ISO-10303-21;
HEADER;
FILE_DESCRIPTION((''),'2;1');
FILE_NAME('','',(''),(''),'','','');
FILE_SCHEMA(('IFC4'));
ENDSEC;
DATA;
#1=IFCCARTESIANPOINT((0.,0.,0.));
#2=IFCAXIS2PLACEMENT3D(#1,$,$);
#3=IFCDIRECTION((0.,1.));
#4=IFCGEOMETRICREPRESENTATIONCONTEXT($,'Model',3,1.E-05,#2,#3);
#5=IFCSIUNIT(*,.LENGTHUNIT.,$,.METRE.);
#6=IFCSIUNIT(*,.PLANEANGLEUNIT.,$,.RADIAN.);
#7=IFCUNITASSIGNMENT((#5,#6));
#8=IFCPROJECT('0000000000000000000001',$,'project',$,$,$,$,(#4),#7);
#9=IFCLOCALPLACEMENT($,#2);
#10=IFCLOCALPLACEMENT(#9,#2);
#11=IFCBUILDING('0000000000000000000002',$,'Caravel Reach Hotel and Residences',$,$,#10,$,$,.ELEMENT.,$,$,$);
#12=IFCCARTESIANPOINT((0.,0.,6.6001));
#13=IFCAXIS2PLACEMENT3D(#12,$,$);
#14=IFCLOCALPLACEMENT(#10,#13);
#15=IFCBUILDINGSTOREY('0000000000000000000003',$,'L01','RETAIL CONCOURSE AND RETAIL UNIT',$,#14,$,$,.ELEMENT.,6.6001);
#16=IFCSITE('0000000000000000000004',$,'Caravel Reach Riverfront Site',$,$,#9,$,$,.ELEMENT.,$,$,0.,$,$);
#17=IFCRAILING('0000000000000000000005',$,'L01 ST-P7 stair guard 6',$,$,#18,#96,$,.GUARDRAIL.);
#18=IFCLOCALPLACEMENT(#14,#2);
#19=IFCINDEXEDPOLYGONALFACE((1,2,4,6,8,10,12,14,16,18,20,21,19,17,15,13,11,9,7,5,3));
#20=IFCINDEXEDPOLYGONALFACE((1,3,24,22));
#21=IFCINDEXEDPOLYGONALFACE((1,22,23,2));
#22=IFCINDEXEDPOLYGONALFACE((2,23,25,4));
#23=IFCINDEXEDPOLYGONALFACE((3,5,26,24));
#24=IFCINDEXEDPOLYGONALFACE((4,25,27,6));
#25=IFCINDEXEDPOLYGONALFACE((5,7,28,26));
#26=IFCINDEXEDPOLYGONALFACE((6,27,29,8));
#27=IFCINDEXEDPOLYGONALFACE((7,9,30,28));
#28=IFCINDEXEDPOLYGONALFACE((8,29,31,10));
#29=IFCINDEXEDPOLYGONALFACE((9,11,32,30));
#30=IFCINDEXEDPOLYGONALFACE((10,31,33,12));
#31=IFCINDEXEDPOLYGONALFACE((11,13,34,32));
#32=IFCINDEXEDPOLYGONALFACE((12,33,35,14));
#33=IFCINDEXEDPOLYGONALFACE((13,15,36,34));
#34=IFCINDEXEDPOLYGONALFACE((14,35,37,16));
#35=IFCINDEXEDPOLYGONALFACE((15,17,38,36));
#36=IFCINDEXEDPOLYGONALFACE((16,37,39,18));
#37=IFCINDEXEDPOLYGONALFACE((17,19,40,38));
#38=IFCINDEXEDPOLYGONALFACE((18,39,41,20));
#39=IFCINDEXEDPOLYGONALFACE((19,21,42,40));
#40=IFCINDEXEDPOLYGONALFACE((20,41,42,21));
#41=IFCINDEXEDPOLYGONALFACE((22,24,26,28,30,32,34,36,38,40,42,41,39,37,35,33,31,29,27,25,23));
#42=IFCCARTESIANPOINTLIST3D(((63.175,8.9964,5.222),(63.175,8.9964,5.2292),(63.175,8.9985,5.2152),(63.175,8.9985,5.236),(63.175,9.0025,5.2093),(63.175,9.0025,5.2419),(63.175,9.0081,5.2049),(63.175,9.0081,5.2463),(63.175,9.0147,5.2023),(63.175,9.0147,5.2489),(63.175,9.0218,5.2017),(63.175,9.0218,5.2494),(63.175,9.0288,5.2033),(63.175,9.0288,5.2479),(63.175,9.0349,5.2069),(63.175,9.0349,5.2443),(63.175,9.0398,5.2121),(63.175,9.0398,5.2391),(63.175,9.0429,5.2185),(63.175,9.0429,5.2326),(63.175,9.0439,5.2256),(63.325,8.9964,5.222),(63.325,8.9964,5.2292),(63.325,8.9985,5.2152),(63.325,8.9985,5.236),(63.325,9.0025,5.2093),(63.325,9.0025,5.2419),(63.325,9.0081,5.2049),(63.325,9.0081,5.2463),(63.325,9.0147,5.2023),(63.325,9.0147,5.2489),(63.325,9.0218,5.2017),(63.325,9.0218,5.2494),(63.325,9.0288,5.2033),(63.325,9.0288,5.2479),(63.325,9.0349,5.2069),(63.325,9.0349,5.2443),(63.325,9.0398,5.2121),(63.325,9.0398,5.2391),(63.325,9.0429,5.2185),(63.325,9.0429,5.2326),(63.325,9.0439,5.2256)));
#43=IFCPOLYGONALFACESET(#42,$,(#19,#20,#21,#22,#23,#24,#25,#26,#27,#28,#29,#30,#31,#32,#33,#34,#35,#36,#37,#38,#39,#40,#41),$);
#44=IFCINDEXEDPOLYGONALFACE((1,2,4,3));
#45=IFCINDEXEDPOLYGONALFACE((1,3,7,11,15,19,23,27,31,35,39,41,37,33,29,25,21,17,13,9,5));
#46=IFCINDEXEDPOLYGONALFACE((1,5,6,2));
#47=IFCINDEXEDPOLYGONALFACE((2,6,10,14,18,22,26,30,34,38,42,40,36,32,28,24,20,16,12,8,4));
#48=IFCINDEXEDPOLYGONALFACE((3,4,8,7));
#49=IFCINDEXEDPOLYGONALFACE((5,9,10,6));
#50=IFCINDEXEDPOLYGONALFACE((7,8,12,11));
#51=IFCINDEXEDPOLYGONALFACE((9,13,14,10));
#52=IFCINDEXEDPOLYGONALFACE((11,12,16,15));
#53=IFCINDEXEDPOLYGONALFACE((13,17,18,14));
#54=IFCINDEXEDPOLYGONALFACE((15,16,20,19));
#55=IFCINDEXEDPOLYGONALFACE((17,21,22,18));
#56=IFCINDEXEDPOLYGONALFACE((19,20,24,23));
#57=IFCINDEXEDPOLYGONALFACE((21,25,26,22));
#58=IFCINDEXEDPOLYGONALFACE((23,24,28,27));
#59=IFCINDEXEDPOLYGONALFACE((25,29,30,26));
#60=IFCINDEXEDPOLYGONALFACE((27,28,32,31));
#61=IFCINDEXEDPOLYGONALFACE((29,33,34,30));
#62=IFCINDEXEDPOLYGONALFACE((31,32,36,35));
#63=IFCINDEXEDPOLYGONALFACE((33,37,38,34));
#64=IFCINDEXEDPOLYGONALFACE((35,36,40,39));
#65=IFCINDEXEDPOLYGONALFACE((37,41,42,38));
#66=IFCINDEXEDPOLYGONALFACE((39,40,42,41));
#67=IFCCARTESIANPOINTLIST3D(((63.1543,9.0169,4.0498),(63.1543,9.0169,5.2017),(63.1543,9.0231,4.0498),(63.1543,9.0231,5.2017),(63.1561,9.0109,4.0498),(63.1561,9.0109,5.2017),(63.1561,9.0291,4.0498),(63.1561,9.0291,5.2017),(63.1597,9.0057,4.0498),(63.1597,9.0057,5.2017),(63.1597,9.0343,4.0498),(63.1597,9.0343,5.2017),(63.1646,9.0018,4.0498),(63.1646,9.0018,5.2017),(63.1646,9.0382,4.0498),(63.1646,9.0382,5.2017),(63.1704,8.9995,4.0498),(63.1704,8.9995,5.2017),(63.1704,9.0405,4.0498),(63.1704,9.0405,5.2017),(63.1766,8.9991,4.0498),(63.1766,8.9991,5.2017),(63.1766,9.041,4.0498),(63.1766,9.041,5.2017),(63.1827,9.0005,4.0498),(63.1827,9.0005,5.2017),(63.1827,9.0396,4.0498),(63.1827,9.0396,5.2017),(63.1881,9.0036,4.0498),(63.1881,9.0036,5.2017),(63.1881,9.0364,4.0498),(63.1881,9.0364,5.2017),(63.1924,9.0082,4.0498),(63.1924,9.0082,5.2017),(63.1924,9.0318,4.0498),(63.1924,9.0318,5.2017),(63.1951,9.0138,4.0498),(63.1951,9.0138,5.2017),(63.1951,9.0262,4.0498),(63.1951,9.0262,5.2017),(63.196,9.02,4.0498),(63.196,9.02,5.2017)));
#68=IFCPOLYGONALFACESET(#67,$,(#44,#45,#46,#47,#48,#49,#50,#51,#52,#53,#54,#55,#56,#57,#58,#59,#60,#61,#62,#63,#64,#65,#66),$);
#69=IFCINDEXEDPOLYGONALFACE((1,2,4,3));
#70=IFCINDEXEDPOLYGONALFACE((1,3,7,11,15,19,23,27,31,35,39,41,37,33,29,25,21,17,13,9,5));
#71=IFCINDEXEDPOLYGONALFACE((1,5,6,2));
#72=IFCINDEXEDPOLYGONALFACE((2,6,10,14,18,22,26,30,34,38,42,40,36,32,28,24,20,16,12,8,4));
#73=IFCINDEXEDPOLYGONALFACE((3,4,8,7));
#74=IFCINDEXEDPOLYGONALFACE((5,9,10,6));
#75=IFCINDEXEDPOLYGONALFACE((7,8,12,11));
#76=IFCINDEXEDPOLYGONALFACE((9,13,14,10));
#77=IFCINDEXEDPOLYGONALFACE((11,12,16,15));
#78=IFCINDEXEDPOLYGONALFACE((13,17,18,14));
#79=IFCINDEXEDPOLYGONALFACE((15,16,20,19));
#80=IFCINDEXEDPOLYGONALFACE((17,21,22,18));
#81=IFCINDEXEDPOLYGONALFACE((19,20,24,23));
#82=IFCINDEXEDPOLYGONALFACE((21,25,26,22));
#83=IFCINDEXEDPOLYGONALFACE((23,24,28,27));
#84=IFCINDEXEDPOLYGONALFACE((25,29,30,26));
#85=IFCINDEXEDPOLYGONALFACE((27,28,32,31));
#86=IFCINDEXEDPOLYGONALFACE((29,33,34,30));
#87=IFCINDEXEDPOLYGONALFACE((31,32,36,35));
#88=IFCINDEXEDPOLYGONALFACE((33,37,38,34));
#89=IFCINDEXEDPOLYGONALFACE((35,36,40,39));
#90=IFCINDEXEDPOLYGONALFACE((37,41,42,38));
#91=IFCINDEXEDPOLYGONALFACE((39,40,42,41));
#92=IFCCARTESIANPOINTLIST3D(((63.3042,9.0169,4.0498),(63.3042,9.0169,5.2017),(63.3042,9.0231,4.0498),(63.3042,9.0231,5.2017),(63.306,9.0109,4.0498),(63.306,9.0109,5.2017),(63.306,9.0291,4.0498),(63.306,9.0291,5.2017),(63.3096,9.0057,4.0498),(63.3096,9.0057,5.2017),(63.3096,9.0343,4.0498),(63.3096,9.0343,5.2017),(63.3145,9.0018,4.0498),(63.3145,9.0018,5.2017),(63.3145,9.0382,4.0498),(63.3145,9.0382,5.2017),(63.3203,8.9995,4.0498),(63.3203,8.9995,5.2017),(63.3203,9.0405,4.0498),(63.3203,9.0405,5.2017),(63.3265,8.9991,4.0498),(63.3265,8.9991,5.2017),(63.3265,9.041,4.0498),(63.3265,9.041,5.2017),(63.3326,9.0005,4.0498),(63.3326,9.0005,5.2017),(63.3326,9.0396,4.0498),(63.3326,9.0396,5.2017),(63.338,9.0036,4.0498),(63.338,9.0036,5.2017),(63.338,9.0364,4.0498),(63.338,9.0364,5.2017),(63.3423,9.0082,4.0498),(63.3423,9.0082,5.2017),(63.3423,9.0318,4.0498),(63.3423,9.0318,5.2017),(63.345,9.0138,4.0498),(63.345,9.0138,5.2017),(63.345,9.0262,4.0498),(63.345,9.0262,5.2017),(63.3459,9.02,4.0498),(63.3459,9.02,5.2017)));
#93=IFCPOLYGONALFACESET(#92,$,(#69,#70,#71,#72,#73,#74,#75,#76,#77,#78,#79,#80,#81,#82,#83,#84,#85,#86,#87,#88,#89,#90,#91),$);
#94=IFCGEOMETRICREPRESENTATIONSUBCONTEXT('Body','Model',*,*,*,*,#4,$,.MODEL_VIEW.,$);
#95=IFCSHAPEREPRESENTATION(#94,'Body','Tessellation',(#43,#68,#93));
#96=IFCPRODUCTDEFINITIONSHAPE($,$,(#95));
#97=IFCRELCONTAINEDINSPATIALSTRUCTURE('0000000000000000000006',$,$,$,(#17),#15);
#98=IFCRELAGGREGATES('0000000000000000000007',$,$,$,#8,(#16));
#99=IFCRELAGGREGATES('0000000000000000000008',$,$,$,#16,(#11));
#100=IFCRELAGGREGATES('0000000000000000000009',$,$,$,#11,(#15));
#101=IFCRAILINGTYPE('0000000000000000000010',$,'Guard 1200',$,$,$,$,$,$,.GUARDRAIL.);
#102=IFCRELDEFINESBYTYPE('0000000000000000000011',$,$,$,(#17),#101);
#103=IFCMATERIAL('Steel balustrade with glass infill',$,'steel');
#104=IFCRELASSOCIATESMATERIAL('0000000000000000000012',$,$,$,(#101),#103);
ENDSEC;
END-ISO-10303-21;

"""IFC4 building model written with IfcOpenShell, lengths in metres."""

from ifc_helpers import new_model, si_unit, direction, frame, origin, origin_2d, place, context, subcontext, project, spatial, circle, extrude, material, type_object, element, save


model = new_model("IFC4")

# Units and contexts
model_context = context("Model", 3, precision=1e-05, world=origin(), true_north=direction((0.0, 1.0)))
body_context = subcontext(model_context, "Body", "Model", "MODEL_VIEW")
ifc_project = project(units=[si_unit("LENGTHUNIT", "METRE"), si_unit("PLANEANGLEUNIT", "RADIAN")], contexts=[model_context])

# Site, building, storey
site_placement = place(None, origin())
site = spatial("IfcSite", under=ifc_project, at=site_placement, Name="Caravel Reach Riverfront Site", CompositionType="ELEMENT", RefElevation=0.0)
building_placement = place(site_placement, origin())
building = spatial("IfcBuilding", under=site, at=building_placement, Name="Caravel Reach Hotel and Residences", CompositionType="ELEMENT")
storey_placement = place(building_placement, frame((0.0, 0.0, 6.6001)))
storey = spatial("IfcBuildingStorey", under=building, at=storey_placement, Name="L01", Description="RETAIL CONCOURSE AND RETAIL UNIT", CompositionType="ELEMENT", Elevation=6.6001)

# Railing
ifc_material_1 = material(Name="Steel balustrade with glass infill", Category="steel")
railing_type_1 = type_object("IfcRailingType", Name="Guard 1200", PredefinedType="GUARDRAIL", material=ifc_material_1)
railing_1_placement = place(storey_placement, frame((63.175, 9.02, 4.0498)))
element("IfcRailing", 1, at=railing_1_placement, inside=storey, type_object=railing_type_1, Name="L01 ST-P7 stair guard 6", PredefinedType="GUARDRAIL", context=body_context, shape_type="SweptSolid", body=[
    extrude(circle(Radius=0.0239, at=origin_2d()), frame((0.0, 0.0, 1.1758), z_axis=(1.0, 0.0, 0.0), x_axis=(0.0, 1.0, 0.0)), (0.0, 0.0, 1.0), 0.1499),
    extrude(circle(Radius=0.021, at=origin_2d()), origin(), (0.0, 0.0, 1.0), 1.1519),
    extrude(circle(Radius=0.021, at=origin_2d()), frame((0.1499, 0.0, 0.0)), (0.0, 0.0, 1.0), 1.1519),
])

save(model, "model.ifc")
